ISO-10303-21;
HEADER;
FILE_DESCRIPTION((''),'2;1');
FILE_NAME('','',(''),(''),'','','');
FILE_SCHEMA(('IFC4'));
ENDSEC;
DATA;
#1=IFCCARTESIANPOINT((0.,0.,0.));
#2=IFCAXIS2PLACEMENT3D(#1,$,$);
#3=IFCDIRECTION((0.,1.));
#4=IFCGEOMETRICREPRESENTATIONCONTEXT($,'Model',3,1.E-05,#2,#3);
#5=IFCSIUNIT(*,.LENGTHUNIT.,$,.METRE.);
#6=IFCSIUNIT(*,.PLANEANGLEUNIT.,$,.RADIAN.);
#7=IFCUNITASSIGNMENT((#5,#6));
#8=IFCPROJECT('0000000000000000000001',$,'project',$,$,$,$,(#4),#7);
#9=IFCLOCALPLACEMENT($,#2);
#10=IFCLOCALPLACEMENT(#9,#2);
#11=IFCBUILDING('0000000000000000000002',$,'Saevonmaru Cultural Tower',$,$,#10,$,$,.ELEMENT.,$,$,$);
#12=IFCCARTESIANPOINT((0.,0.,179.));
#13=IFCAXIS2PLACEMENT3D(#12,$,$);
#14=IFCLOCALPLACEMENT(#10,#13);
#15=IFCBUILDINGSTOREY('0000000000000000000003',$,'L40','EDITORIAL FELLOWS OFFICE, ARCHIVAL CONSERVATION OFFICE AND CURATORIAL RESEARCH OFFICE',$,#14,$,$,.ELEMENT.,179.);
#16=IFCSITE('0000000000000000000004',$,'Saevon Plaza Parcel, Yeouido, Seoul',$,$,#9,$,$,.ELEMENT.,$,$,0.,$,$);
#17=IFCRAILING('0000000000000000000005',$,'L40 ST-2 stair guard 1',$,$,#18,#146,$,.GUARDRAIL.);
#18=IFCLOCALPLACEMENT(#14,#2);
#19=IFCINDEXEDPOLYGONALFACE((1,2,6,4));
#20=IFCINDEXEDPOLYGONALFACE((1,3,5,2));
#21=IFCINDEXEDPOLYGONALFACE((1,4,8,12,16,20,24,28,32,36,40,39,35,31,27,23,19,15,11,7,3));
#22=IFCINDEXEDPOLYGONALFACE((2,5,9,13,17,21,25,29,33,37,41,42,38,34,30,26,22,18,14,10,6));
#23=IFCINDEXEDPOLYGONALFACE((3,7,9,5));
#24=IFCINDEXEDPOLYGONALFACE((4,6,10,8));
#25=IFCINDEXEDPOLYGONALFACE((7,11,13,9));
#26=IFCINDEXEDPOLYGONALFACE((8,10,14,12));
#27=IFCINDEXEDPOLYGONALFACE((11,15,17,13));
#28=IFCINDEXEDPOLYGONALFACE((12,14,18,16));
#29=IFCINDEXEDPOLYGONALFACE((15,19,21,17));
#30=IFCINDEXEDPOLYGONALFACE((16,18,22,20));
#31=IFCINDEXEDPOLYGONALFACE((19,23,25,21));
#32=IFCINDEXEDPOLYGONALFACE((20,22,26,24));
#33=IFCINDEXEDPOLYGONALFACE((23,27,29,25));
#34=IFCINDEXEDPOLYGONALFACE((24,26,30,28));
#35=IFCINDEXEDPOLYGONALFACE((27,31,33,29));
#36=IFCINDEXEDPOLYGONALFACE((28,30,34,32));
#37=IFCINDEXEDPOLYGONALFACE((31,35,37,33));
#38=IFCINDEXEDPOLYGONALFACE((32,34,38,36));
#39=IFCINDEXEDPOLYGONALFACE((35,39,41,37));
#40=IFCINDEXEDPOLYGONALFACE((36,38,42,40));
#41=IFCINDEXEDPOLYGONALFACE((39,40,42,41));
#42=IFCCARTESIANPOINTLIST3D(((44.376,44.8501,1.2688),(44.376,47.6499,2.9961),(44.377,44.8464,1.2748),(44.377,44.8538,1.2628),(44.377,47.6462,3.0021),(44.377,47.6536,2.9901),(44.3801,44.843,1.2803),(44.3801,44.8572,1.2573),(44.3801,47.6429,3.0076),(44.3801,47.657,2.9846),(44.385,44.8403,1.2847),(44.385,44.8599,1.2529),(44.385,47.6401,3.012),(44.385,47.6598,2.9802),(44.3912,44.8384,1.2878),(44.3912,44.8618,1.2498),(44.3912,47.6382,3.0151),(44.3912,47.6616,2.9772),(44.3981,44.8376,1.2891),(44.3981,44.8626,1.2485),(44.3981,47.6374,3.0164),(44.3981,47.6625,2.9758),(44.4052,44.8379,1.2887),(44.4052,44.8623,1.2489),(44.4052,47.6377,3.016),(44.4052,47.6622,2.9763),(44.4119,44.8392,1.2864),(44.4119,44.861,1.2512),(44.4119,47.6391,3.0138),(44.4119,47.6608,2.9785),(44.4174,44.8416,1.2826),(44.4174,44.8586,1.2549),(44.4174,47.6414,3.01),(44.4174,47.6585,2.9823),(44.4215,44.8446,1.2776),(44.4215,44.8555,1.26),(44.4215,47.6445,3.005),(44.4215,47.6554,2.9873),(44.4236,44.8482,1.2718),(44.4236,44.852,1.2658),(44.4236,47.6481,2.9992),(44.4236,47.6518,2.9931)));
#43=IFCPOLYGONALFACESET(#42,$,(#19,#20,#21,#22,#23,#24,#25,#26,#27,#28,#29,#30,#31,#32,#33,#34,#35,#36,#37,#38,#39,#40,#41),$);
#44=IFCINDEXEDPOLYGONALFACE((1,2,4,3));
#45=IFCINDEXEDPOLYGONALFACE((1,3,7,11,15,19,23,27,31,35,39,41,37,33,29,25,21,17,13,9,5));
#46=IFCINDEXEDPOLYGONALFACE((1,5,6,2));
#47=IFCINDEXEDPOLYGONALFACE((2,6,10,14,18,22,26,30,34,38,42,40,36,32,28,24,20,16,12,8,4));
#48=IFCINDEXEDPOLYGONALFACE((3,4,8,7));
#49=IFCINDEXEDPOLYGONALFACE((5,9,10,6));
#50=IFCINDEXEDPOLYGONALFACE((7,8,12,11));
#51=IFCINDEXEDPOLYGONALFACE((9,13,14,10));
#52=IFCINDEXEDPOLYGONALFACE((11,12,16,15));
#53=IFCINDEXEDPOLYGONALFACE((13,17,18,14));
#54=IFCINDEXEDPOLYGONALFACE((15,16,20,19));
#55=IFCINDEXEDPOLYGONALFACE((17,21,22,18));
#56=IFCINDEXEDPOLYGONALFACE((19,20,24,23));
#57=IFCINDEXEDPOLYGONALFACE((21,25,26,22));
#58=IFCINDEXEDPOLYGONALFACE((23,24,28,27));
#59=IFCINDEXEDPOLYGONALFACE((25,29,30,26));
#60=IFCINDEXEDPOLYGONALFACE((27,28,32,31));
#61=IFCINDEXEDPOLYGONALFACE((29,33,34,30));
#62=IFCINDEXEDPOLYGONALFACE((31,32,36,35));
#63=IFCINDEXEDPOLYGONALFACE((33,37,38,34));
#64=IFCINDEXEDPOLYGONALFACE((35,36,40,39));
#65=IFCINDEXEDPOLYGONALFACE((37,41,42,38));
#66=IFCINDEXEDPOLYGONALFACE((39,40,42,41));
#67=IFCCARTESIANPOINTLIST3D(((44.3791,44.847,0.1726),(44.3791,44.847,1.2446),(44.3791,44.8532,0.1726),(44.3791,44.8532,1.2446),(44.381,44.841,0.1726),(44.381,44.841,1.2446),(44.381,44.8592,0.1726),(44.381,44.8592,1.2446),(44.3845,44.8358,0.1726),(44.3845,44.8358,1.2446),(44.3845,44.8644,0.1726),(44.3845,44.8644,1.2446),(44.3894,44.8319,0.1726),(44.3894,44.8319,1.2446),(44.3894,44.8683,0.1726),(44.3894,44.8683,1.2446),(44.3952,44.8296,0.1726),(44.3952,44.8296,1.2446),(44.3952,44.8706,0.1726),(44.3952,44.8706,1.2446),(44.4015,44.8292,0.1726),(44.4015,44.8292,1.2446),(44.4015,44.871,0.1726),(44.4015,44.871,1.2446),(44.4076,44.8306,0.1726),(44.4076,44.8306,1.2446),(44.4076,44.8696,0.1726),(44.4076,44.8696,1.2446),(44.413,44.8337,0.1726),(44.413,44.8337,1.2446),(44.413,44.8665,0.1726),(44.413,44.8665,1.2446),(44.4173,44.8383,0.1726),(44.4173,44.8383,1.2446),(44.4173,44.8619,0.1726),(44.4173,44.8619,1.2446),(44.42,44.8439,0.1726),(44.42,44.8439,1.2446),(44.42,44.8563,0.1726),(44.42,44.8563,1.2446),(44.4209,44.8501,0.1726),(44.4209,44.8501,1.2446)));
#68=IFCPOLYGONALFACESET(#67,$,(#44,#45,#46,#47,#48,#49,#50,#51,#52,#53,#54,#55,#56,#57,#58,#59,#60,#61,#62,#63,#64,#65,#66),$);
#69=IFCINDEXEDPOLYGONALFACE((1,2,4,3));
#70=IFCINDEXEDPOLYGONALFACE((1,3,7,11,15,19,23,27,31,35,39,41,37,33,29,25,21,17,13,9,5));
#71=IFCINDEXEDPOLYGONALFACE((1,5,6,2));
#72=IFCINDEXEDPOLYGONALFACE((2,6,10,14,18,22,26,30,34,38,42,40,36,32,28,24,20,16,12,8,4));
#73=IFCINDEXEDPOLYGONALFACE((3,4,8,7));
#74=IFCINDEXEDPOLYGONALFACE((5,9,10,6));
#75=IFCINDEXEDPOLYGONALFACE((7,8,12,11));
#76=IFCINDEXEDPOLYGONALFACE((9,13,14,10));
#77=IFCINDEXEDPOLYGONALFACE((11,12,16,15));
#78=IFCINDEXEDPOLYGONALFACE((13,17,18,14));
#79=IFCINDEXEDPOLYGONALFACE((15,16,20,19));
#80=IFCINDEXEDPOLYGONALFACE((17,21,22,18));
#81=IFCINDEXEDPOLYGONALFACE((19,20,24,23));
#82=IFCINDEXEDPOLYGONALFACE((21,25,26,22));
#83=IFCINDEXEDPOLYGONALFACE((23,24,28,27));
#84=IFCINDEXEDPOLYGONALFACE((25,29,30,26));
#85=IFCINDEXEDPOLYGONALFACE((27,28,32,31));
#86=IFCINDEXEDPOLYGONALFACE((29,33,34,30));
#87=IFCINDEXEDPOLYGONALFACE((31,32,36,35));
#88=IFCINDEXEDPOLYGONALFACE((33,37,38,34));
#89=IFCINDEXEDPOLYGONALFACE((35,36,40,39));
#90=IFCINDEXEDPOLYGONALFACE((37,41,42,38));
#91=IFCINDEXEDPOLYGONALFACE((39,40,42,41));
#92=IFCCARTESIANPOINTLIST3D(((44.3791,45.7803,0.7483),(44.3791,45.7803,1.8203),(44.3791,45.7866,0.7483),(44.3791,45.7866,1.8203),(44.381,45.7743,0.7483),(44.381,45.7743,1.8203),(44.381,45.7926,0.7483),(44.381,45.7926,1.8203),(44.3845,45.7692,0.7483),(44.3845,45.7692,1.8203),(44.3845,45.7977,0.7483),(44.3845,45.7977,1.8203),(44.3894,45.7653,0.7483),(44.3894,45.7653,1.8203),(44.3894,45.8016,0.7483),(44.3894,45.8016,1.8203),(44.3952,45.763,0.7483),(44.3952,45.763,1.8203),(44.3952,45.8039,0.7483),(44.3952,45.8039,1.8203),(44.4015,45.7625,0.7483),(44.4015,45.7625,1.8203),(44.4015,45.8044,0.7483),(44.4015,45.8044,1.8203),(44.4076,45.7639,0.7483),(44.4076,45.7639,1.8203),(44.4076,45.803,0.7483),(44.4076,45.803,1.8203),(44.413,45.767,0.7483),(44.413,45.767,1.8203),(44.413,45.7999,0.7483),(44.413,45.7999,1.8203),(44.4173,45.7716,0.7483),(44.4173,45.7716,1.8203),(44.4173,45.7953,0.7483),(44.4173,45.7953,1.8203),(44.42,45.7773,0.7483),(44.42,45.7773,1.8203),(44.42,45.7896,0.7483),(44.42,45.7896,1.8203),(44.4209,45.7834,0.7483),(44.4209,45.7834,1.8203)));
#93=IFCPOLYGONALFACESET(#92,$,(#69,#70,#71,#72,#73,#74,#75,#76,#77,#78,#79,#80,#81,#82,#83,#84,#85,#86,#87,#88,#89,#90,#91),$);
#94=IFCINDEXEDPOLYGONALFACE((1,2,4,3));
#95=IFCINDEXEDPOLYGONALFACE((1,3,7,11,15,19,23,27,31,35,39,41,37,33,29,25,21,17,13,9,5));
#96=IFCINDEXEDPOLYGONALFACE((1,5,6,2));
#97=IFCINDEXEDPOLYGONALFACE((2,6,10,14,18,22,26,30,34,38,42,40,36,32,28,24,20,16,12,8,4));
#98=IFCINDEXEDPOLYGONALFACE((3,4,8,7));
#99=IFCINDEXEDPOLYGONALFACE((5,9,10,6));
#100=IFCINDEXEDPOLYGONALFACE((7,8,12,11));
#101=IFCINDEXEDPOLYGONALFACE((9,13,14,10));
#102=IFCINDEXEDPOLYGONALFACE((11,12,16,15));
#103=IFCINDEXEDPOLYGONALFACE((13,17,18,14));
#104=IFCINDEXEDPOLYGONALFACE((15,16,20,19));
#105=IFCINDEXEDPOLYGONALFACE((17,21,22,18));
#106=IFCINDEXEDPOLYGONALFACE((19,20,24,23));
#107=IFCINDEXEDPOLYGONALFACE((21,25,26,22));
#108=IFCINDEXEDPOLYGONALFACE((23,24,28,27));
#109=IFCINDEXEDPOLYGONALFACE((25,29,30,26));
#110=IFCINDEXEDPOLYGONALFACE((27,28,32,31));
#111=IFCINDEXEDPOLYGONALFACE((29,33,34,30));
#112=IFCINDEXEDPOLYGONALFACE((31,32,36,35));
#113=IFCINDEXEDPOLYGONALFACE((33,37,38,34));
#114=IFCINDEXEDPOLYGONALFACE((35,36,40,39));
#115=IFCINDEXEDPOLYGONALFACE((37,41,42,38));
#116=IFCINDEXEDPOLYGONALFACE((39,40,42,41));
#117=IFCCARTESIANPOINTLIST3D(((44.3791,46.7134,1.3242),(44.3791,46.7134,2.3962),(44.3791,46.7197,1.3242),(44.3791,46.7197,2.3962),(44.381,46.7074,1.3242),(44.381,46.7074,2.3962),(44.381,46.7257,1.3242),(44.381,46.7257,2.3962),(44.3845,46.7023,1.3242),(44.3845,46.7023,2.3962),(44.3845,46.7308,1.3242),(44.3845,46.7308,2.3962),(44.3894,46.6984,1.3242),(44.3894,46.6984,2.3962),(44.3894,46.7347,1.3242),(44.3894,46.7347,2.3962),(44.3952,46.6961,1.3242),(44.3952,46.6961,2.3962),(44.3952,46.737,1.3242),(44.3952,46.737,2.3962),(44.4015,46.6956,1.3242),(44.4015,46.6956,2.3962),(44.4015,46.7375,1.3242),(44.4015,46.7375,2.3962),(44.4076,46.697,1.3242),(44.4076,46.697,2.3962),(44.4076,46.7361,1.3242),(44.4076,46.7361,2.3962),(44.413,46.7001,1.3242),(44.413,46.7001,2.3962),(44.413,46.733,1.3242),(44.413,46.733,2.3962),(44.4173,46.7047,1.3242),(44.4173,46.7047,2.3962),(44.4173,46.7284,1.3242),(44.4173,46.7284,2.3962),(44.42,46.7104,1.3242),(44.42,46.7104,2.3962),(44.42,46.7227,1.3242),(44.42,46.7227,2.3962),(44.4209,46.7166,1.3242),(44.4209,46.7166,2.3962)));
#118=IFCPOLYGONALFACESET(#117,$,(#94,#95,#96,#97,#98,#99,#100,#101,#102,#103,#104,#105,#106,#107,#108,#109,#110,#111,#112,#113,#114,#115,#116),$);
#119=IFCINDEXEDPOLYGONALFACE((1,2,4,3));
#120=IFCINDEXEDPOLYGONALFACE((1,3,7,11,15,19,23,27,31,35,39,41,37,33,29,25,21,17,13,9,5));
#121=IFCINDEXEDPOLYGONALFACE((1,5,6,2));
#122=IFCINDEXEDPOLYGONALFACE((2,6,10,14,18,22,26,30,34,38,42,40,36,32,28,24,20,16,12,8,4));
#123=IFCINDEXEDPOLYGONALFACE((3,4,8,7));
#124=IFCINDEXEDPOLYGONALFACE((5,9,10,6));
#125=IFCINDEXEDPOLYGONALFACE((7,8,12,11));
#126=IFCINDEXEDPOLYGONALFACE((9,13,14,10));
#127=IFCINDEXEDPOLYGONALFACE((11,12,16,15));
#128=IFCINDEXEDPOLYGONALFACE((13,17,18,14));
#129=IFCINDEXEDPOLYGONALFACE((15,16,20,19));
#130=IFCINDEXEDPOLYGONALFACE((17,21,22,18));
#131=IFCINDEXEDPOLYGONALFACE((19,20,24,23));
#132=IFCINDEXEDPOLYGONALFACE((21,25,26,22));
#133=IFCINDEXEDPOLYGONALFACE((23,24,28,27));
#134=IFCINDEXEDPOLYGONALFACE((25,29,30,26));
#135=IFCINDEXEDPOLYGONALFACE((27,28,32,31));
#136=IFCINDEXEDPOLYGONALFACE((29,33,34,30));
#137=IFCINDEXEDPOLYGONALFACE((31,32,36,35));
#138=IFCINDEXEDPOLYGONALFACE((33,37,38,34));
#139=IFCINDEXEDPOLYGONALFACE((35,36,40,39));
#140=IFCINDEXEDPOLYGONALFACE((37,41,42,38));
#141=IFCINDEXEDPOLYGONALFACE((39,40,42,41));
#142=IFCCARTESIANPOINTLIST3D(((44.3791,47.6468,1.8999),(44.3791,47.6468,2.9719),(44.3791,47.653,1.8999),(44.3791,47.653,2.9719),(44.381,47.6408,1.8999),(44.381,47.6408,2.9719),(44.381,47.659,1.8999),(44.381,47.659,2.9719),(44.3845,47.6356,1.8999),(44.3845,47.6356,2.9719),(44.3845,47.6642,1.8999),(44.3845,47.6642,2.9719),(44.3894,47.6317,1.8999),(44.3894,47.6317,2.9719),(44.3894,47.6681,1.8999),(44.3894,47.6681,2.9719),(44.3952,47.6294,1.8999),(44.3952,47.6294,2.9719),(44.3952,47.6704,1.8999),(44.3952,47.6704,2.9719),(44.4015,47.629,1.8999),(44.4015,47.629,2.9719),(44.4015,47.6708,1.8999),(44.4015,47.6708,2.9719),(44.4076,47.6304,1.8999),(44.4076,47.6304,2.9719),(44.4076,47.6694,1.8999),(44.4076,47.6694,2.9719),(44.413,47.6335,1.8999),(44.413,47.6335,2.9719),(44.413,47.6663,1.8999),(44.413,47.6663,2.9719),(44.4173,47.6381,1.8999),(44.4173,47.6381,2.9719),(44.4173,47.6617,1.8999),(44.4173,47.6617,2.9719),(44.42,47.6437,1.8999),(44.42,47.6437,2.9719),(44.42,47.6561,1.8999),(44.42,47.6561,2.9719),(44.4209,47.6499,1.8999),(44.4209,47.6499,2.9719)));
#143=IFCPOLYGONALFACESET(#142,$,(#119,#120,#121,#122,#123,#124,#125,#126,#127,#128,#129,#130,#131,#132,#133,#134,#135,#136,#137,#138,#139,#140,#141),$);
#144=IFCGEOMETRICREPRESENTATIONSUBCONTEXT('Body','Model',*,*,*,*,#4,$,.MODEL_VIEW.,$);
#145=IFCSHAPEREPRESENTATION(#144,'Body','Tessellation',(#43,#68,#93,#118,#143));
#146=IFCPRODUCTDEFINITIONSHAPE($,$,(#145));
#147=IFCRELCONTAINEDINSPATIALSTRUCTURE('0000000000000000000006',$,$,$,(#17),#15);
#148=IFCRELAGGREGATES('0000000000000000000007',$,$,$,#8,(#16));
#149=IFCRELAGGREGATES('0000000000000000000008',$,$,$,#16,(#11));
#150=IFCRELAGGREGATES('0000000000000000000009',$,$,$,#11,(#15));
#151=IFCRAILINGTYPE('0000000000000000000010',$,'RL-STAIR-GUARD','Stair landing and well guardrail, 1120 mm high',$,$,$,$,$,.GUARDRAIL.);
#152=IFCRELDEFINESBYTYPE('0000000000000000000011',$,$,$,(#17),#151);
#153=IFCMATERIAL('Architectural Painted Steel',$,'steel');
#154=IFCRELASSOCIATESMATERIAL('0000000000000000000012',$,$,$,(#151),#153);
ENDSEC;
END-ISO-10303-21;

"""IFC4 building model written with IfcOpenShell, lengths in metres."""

from ifc_helpers import new_model, si_unit, direction, frame, origin, origin_2d, place, context, subcontext, project, spatial, circle, extrude, material, type_object, element, save


model = new_model("IFC4")

# Units and contexts
model_context = context("Model", 3, precision=1e-05, world=origin(), true_north=direction((0.0, 1.0)))
body_context = subcontext(model_context, "Body", "Model", "MODEL_VIEW")
ifc_project = project(units=[si_unit("LENGTHUNIT", "METRE"), si_unit("PLANEANGLEUNIT", "RADIAN")], contexts=[model_context])

# Site, building, storey
site_placement = place(None, origin())
site = spatial("IfcSite", under=ifc_project, at=site_placement, Name="Saevon Plaza Parcel, Yeouido, Seoul", CompositionType="ELEMENT", RefElevation=0.0)
building_placement = place(site_placement, origin())
building = spatial("IfcBuilding", under=site, at=building_placement, Name="Saevonmaru Cultural Tower", CompositionType="ELEMENT")
storey_placement = place(building_placement, frame((0.0, 0.0, 179.0)))
storey = spatial("IfcBuildingStorey", under=building, at=storey_placement, Name="L40", Description="EDITORIAL FELLOWS OFFICE, ARCHIVAL CONSERVATION OFFICE AND CURATORIAL RESEARCH OFFICE", CompositionType="ELEMENT", Elevation=179.0)

# Railing
ifc_material_1 = material(Name="Architectural Painted Steel", Category="steel")
railing_type_1 = type_object("IfcRailingType", Name="RL-STAIR-GUARD", Description="Stair landing and well guardrail, 1120 mm high", PredefinedType="GUARDRAIL", material=ifc_material_1)
railing_1_placement = place(storey_placement, frame((44.3999, 44.8501, 0.1726)))
element("IfcRailing", 1, at=railing_1_placement, inside=storey, type_object=railing_type_1, Name="L40 ST-2 stair guard 1", PredefinedType="GUARDRAIL", context=body_context, shape_type="SweptSolid", body=[
    extrude(circle(Radius=0.0239, at=origin_2d()), frame((0.0, 0.0, 1.0962), z_axis=(0.0, 0.851069, 0.525054), x_axis=(-1.0, 0.0, 0.0)), (0.0, 0.0, 1.0), 3.2898),
    extrude(circle(Radius=0.021, at=origin_2d()), origin(), (0.0, 0.0, 1.0), 1.072),
    extrude(circle(Radius=0.021, at=origin_2d()), frame((0.0, 0.9333, 0.5757)), (0.0, 0.0, 1.0), 1.072),
    extrude(circle(Radius=0.021, at=origin_2d()), frame((0.0, 1.8665, 1.1516)), (0.0, 0.0, 1.0), 1.072),
    extrude(circle(Radius=0.021, at=origin_2d()), frame((0.0, 2.7998, 1.7273)), (0.0, 0.0, 1.0), 1.072),
])

save(model, "model.ifc")
